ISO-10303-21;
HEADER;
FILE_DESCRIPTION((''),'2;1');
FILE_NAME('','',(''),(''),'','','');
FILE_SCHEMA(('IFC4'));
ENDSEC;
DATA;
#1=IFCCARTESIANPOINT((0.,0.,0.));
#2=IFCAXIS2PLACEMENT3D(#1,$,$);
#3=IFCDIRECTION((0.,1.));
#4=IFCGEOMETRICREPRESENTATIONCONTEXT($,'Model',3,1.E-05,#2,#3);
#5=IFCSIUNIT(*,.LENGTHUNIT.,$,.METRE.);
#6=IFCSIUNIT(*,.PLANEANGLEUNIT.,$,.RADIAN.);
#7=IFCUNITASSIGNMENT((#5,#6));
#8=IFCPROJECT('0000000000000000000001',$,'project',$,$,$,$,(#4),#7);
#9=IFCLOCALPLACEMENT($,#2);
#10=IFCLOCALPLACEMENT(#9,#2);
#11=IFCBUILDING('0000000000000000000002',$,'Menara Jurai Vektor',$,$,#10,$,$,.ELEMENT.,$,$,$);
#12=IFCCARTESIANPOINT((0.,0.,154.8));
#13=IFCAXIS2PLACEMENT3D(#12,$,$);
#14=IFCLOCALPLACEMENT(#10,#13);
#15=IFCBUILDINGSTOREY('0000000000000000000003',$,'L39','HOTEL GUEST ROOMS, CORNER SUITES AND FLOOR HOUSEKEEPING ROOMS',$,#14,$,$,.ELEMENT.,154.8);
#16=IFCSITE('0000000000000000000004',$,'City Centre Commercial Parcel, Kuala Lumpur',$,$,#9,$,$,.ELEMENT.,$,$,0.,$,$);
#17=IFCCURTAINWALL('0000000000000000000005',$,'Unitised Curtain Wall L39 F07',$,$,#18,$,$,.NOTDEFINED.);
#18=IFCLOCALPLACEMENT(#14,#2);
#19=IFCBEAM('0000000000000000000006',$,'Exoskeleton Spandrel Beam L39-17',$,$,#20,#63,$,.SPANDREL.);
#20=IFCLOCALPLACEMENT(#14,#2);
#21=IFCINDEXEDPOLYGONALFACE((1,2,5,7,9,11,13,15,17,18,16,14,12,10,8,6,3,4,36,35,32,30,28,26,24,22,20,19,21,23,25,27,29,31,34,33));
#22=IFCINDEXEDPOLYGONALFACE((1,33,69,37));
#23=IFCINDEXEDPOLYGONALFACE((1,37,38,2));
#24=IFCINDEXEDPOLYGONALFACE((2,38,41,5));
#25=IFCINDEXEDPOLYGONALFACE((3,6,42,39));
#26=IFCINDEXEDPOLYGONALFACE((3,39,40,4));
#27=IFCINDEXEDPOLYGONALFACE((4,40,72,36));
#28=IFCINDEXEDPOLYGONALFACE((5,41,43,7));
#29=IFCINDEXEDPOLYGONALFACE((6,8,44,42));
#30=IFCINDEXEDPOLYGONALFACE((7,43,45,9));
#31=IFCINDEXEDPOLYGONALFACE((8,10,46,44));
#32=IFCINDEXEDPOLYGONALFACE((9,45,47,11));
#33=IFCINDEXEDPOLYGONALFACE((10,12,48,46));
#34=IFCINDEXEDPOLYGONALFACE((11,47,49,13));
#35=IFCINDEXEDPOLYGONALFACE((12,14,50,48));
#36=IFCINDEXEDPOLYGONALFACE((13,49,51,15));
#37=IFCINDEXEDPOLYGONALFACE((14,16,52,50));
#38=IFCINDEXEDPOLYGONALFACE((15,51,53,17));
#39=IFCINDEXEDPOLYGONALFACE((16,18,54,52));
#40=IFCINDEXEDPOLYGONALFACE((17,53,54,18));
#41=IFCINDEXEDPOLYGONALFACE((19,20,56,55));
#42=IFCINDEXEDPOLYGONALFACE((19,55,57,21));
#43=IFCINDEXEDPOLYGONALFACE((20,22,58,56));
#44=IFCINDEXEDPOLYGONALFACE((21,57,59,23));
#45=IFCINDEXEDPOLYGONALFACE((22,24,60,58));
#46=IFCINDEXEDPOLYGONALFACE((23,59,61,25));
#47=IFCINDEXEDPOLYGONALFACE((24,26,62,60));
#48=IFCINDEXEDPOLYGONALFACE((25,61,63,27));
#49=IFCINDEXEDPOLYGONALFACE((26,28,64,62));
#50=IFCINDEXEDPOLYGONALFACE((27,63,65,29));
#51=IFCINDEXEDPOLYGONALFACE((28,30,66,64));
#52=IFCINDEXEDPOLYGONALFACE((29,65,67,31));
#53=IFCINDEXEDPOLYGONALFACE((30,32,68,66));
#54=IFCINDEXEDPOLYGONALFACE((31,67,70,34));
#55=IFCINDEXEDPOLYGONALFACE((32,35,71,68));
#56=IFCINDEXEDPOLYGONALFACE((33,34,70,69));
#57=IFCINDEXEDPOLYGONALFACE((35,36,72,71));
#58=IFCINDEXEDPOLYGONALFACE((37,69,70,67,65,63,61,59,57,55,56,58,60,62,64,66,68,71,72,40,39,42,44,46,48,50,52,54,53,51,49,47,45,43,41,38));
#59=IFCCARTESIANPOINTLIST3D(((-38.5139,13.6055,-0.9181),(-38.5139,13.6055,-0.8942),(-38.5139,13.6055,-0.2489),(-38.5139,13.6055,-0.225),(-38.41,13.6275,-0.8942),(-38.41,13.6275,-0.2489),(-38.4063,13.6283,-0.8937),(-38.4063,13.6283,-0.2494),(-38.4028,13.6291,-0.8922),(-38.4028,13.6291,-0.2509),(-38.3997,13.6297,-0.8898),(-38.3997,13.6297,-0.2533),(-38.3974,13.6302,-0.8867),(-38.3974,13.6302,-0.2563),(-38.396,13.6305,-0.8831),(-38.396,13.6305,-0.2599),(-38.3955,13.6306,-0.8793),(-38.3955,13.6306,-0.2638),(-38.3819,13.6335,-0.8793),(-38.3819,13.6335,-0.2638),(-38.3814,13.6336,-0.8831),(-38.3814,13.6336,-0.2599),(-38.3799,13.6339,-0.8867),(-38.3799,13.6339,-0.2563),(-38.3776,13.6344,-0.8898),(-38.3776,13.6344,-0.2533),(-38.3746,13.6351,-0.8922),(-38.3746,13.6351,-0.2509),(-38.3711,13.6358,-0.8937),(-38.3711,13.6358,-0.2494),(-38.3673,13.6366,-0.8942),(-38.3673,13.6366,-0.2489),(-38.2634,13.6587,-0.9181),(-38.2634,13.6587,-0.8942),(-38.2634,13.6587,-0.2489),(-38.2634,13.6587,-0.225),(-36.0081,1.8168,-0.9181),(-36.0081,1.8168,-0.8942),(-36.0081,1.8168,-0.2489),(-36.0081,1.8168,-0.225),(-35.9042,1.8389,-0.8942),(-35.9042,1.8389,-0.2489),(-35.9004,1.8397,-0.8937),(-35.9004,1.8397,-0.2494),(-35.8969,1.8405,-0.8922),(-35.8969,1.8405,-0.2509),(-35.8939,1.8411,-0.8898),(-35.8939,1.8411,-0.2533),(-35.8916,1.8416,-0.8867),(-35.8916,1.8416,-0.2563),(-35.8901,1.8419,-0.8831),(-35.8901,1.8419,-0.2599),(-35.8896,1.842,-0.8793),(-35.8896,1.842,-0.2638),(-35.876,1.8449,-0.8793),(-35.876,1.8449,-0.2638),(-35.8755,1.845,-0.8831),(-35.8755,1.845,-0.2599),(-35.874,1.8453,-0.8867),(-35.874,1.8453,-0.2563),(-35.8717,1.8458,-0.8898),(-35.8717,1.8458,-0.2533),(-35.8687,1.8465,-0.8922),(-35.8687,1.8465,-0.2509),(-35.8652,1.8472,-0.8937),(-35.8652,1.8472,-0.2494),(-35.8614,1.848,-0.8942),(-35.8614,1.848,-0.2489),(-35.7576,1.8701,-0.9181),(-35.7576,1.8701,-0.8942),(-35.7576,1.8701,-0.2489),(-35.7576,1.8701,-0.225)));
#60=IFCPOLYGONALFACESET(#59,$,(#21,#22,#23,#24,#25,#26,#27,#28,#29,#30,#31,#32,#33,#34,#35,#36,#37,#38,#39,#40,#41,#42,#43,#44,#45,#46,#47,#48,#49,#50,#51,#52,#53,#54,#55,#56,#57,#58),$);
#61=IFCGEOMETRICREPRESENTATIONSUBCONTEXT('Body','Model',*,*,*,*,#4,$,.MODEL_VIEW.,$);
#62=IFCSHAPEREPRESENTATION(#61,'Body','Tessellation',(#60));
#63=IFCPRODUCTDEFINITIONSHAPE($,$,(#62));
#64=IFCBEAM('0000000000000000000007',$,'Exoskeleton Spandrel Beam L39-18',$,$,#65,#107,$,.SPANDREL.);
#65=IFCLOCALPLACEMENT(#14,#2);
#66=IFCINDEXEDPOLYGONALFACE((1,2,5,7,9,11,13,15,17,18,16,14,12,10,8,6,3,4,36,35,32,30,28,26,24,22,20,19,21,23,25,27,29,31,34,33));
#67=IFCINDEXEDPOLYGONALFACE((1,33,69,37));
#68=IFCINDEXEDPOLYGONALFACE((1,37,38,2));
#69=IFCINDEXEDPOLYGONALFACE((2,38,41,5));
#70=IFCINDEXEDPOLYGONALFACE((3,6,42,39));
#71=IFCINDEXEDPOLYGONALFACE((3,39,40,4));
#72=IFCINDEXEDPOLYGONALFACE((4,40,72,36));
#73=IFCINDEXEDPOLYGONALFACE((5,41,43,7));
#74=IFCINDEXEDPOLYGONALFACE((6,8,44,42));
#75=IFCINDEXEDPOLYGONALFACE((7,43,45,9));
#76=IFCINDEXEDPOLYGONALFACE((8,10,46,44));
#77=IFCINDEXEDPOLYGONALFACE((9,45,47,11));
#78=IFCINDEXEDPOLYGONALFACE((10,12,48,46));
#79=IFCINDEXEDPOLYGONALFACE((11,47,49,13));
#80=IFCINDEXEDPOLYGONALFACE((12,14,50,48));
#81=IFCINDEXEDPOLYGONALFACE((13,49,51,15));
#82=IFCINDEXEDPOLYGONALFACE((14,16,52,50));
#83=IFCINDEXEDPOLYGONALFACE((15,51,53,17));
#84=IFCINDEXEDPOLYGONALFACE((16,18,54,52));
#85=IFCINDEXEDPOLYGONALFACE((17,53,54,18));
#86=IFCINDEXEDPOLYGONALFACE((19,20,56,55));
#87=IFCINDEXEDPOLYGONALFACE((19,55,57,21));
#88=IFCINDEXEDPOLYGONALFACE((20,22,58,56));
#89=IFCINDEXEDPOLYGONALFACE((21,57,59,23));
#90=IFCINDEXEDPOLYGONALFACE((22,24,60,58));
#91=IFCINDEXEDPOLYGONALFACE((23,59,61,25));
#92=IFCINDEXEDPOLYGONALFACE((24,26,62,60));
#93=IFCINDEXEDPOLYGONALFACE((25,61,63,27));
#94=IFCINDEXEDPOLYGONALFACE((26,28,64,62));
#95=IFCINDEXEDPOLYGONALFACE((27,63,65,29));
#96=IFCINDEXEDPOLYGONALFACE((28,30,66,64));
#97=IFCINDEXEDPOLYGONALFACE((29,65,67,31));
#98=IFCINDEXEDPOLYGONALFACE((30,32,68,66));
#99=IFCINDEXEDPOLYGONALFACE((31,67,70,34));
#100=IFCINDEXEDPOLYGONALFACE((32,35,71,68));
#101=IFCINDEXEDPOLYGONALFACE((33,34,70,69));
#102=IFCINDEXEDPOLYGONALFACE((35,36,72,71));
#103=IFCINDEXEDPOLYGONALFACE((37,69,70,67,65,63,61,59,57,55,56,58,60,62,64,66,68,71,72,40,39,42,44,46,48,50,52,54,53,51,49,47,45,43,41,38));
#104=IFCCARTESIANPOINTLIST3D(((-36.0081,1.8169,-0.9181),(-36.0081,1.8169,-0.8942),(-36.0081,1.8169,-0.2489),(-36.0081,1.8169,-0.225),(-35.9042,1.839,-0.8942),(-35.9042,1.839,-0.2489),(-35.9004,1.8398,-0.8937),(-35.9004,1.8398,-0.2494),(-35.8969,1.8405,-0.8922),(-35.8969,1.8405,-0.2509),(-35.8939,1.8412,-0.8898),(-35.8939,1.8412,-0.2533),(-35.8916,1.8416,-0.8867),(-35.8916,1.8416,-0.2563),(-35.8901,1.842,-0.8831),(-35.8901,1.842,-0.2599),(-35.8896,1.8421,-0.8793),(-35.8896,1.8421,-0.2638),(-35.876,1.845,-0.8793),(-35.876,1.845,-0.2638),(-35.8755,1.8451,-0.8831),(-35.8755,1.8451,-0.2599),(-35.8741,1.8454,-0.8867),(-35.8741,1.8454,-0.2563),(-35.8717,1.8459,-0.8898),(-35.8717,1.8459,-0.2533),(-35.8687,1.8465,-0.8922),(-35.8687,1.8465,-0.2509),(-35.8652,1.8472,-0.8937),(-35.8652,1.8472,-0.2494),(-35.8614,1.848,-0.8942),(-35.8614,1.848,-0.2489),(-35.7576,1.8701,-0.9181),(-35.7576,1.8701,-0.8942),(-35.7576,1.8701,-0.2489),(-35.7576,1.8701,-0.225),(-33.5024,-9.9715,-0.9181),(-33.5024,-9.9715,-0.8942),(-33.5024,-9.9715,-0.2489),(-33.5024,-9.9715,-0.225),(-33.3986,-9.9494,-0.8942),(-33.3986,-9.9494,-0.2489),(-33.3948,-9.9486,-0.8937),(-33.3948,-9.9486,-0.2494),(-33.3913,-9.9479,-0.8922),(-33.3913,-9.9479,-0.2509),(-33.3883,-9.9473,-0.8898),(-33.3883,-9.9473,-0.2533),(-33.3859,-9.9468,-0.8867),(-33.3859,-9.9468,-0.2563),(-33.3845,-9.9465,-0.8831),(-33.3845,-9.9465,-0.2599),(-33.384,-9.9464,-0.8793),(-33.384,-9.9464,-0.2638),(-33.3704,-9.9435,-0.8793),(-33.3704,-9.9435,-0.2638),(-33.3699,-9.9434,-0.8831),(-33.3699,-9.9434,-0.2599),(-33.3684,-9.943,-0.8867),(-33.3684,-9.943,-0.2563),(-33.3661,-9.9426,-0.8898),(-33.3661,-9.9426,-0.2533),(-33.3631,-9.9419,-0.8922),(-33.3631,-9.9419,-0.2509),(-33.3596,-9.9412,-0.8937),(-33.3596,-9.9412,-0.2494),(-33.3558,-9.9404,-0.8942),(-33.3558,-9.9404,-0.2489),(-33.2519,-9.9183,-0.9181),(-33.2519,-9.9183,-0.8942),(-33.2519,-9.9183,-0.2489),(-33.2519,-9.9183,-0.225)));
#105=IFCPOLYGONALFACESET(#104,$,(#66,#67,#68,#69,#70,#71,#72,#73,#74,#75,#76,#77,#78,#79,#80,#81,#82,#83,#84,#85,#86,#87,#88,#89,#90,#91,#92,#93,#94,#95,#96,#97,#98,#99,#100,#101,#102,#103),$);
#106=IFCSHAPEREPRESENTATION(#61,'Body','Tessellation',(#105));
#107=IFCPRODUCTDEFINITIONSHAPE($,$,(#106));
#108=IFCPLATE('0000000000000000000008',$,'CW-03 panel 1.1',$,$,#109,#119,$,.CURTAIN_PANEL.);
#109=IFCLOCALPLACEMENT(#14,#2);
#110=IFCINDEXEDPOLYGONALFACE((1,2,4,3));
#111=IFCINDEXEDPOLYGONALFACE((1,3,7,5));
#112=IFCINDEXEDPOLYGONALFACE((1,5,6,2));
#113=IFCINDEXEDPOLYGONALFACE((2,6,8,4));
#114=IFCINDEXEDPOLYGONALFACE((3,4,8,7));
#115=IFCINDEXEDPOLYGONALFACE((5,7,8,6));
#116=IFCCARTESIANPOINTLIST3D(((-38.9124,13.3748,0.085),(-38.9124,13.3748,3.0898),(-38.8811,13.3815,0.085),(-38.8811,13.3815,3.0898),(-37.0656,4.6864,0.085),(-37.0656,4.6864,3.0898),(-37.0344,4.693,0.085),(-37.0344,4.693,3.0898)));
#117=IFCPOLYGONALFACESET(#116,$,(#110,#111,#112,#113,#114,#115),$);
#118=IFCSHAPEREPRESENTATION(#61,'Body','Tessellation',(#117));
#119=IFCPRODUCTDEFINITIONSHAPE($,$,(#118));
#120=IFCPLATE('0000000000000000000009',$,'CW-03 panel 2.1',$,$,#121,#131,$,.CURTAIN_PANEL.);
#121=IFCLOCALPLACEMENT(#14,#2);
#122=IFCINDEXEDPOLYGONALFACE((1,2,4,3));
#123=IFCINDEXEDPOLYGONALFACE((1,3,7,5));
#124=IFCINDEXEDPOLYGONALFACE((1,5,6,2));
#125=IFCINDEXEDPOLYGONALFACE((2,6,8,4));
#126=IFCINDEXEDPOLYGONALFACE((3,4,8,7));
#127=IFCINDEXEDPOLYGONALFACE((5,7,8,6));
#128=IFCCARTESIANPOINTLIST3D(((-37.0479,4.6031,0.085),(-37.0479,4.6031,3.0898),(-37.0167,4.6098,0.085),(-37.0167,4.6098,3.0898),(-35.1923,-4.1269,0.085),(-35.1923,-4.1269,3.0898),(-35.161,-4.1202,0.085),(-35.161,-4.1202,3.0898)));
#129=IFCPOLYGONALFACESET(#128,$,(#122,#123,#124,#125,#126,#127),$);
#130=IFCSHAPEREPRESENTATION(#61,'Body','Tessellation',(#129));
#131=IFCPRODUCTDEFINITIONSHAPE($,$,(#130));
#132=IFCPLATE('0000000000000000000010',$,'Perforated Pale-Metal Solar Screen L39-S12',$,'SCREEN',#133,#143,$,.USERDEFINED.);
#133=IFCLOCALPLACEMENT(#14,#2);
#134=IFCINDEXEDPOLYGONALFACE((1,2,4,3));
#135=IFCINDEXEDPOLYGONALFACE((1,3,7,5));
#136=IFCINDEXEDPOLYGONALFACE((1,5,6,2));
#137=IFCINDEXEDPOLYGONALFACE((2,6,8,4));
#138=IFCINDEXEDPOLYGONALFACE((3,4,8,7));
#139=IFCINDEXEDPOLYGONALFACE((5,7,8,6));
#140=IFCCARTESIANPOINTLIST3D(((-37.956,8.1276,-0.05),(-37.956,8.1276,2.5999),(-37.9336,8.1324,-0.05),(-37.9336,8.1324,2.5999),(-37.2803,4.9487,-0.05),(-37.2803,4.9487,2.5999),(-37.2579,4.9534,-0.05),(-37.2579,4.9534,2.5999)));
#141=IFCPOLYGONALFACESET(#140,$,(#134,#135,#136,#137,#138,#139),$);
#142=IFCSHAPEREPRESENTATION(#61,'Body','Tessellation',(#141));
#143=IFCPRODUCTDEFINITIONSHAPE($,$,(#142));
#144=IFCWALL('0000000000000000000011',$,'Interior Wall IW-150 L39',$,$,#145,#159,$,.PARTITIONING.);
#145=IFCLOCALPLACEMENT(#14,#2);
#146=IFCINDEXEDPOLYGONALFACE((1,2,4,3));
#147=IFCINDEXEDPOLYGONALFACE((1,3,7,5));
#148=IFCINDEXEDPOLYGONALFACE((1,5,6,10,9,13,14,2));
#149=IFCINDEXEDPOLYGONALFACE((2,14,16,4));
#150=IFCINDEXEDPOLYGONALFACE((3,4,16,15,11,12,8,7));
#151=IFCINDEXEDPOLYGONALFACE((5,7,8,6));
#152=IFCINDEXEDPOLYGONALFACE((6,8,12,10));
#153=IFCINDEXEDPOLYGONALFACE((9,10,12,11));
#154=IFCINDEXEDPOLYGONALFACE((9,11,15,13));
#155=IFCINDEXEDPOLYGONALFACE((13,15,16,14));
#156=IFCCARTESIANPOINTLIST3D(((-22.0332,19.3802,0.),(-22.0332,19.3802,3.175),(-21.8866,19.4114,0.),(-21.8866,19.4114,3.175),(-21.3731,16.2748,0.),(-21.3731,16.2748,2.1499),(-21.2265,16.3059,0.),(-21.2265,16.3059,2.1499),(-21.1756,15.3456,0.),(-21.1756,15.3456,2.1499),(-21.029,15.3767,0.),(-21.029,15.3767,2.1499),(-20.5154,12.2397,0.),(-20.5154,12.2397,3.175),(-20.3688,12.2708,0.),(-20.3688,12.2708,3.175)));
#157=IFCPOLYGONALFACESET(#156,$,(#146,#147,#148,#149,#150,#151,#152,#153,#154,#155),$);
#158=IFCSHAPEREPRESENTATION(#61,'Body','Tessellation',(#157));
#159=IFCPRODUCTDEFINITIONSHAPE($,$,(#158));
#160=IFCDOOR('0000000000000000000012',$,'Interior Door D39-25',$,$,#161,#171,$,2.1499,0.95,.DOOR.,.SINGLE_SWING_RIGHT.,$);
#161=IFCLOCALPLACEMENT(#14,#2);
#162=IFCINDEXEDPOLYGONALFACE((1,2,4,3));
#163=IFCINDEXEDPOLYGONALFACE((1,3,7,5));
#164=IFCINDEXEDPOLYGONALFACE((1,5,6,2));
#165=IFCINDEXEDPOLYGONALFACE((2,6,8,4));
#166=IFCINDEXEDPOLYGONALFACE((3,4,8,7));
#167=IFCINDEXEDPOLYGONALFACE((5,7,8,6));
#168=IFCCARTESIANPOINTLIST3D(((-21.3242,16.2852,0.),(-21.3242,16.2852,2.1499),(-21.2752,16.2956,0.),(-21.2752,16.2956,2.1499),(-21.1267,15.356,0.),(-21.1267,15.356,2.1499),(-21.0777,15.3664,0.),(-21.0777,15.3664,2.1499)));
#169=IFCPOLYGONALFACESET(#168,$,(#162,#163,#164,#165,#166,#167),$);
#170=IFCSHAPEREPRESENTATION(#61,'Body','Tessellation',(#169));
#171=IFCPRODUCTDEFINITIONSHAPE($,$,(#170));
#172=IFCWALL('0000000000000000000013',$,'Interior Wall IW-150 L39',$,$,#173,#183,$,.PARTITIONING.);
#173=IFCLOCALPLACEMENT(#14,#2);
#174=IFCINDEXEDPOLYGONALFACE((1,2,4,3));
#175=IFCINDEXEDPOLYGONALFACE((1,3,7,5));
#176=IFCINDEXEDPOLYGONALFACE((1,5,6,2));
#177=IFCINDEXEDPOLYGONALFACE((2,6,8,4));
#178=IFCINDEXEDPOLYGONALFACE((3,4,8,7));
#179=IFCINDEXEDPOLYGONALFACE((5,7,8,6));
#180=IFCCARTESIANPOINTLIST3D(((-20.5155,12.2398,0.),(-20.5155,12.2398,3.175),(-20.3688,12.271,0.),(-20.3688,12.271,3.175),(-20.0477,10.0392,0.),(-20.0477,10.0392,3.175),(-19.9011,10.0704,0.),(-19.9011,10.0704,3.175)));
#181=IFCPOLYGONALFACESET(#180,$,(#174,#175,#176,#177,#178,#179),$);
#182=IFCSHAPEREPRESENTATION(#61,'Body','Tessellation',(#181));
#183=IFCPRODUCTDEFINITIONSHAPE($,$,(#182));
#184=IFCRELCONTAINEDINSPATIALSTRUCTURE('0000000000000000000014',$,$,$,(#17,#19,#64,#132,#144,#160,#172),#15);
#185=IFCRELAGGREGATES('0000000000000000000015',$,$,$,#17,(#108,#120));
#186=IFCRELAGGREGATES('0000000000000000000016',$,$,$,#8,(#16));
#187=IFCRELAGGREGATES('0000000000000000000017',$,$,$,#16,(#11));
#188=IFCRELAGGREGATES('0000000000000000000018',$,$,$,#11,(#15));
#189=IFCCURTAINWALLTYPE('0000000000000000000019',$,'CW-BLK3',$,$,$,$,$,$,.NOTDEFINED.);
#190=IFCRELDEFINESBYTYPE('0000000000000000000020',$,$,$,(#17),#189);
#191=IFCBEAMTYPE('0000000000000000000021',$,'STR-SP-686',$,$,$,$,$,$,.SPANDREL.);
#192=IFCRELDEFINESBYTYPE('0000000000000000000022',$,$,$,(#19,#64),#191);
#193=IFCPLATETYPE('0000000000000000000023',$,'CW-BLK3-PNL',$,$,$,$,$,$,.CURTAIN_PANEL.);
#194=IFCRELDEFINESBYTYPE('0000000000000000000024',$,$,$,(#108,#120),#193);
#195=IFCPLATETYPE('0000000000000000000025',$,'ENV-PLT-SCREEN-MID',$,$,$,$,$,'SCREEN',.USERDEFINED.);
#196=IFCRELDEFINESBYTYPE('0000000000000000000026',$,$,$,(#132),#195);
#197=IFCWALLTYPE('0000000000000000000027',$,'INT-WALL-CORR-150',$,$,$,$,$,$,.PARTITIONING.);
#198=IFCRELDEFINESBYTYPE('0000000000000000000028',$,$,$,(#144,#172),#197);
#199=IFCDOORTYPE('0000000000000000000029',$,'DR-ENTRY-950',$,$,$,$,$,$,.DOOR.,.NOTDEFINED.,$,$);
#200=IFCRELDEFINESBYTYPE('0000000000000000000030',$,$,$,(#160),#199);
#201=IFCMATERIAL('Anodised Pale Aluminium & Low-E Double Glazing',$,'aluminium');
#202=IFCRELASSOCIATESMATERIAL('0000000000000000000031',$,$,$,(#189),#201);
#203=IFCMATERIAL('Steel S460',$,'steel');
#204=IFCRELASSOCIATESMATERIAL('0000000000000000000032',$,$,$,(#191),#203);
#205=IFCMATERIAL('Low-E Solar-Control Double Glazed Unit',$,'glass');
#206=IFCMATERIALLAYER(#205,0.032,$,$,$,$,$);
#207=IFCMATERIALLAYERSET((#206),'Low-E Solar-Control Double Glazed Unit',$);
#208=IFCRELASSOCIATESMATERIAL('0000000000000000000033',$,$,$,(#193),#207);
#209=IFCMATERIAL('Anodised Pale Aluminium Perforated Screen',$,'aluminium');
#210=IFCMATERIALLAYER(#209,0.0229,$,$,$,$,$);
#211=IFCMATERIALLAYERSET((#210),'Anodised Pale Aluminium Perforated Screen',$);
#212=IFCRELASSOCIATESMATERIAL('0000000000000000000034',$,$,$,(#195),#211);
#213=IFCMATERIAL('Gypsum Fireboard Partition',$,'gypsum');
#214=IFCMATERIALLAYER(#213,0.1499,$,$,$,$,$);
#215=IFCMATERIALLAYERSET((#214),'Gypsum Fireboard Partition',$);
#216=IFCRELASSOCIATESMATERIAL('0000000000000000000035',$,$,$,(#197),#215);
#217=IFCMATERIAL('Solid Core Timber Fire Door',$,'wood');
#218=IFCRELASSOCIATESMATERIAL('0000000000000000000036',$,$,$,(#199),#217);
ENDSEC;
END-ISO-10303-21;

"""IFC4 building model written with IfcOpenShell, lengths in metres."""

from ifc_helpers import new_model, si_unit, direction, frame, frame_2d, origin, origin_2d, place, context, subcontext, project, spatial, rectangle, i_section, extrude, material, layer, layer_set, material_profile, profile_set, type_object, element, fill, aggregate, save


model = new_model("IFC4")

# Units and contexts
model_context = context("Model", 3, precision=1e-05, world=origin(), true_north=direction((0.0, 1.0)))
body_context = subcontext(model_context, "Body", "Model", "MODEL_VIEW")
ifc_project = project(units=[si_unit("LENGTHUNIT", "METRE"), si_unit("PLANEANGLEUNIT", "RADIAN")], contexts=[model_context])

# Site, building, storey
site_placement = place(None, origin())
site = spatial("IfcSite", under=ifc_project, at=site_placement, Name="City Centre Commercial Parcel, Kuala Lumpur", CompositionType="ELEMENT", RefElevation=0.0)
building_placement = place(site_placement, origin())
building = spatial("IfcBuilding", under=site, at=building_placement, Name="Menara Jurai Vektor", CompositionType="ELEMENT")
storey_placement = place(building_placement, frame((0.0, 0.0, 154.8)))
storey = spatial("IfcBuildingStorey", under=building, at=storey_placement, Name="L39", Description="HOTEL GUEST ROOMS, CORNER SUITES AND FLOOR HOUSEKEEPING ROOMS", CompositionType="ELEMENT", Elevation=154.8)

# Shared definitions
ifc_material_1 = material(Name="Steel S460", Category="steel")

# Curtain wall
ifc_material_2 = material(Name="Anodised Pale Aluminium & Low-E Double Glazing", Category="aluminium")
curtain_wall_type = type_object("IfcCurtainWallType", Name="CW-BLK3", PredefinedType="NOTDEFINED", material=ifc_material_2)
curtain_wall_placement = place(storey_placement, origin())
curtain_wall = element("IfcCurtainWall", 1, at=curtain_wall_placement, inside=storey, type_object=curtain_wall_type, Name="Unitised Curtain Wall L39 F07", PredefinedType="NOTDEFINED")

# Beams
ifc_material_profile_1 = material_profile(ifc_material_1, i_section(OverallWidth=0.2561, OverallDepth=0.6931, WebThickness=0.0139, FlangeThickness=0.0239, FilletRadius=0.0149, at=origin_2d()), Name="UKB 686x254x170")
ifc_profile_set_1 = profile_set([ifc_material_profile_1], Name="Steel S460")
beam_type_1 = type_object("IfcBeamType", Name="STR-SP-686", PredefinedType="SPANDREL", material=ifc_profile_set_1)
beam_1_placement = place(storey_placement, frame((-38.3887, 13.6321, -0.5715), z_axis=(0.207921, -0.978146, 0.0), x_axis=(0.978146, 0.207921, 0.0)))
element("IfcBeam", 2, at=beam_1_placement, inside=storey, type_object=beam_type_1, Name="Exoskeleton Spandrel Beam L39-17", PredefinedType="SPANDREL", context=body_context, shape_type="SweptSolid", body=[
    extrude(i_section(OverallWidth=0.2561, OverallDepth=0.6931, WebThickness=0.0139, FlangeThickness=0.0239, FilletRadius=0.0149, at=origin_2d()), origin(), (0.0, 0.0, 1.0), 12.052),
])
beam_2_placement = place(storey_placement, frame((-35.8828, 1.8435, -0.5715), z_axis=(0.207906, -0.978149, 0.0), x_axis=(0.978149, 0.207906, 0.0)))
element("IfcBeam", 3, at=beam_2_placement, inside=storey, type_object=beam_type_1, Name="Exoskeleton Spandrel Beam L39-18", PredefinedType="SPANDREL", context=body_context, shape_type="SweptSolid", body=[
    extrude(i_section(OverallWidth=0.2561, OverallDepth=0.6931, WebThickness=0.0139, FlangeThickness=0.0239, FilletRadius=0.0149, at=origin_2d()), origin(), (0.0, 0.0, 1.0), 12.0518),
])

# Plates
ifc_material_3 = material(Name="Low-E Solar-Control Double Glazed Unit", Category="glass")
ifc_layer_1 = layer(ifc_material_3, 0.032)
ifc_layer_set_1 = layer_set([ifc_layer_1], Name="Low-E Solar-Control Double Glazed Unit")
plate_type_1 = type_object("IfcPlateType", Name="CW-BLK3-PNL", PredefinedType="CURTAIN_PANEL", material=ifc_layer_set_1)
plate_1_placement = place(storey_placement, frame((-37.9734, 9.0339, 0.085), z_axis=(0.0, 0.0, 1.0), x_axis=(0.20791, -0.978148, 0.0)))
plate_1 = element("IfcPlate", 4, at=plate_1_placement, type_object=plate_type_1, Name="CW-03 panel 1.1", PredefinedType="CURTAIN_PANEL", context=body_context, shape_type="SweptSolid", body=[
    extrude(rectangle(XDim=8.8826, YDim=0.032, at=origin_2d()), origin(), (0.0, 0.0, 1.0), 3.0049),
])
plate_2_placement = place(storey_placement, frame((-36.1045, 0.2415, 0.085), z_axis=(0.0, 0.0, 1.0), x_axis=(0.20791, -0.978148, 0.0)))
plate_2 = element("IfcPlate", 5, at=plate_2_placement, type_object=plate_type_1, Name="CW-03 panel 2.1", PredefinedType="CURTAIN_PANEL", context=body_context, shape_type="SweptSolid", body=[
    extrude(rectangle(XDim=8.925, YDim=0.032, at=origin_2d()), origin(), (0.0, 0.0, 1.0), 3.0049),
])
aggregate(curtain_wall, [plate_1, plate_2])
ifc_material_4 = material(Name="Anodised Pale Aluminium Perforated Screen", Category="aluminium")
ifc_layer_2 = layer(ifc_material_4, 0.0229)
ifc_layer_set_2 = layer_set([ifc_layer_2], Name="Anodised Pale Aluminium Perforated Screen")
plate_type_2 = type_object("IfcPlateType", Name="ENV-PLT-SCREEN-MID", ElementType="SCREEN", PredefinedType="USERDEFINED", material=ifc_layer_set_2)
plate_3_placement = place(storey_placement, frame((-37.6069, 6.5405, -0.05), z_axis=(0.0, 0.0, 1.0), x_axis=(0.207912, -0.978148, 0.0)))
element("IfcPlate", 6, at=plate_3_placement, inside=storey, type_object=plate_type_2, Name="Perforated Pale-Metal Solar Screen L39-S12", ObjectType="SCREEN", PredefinedType="USERDEFINED", context=body_context, shape_type="SweptSolid", body=[
    extrude(rectangle(XDim=3.25, YDim=0.0229, at=origin_2d()), origin(), (0.0, 0.0, 1.0), 2.6499),
])

# Wall, opening, door
ifc_material_5 = material(Name="Gypsum Fireboard Partition", Category="gypsum")
ifc_layer_3 = layer(ifc_material_5, 0.1499)
ifc_layer_set_3 = layer_set([ifc_layer_3], Name="Gypsum Fireboard Partition")
wall_type_1 = type_object("IfcWallType", Name="INT-WALL-CORR-150", PredefinedType="PARTITIONING", material=ifc_layer_set_3)
wall_1_placement = place(storey_placement, frame((-20.4421, 12.2554, 0.0), z_axis=(0.0, 0.0, 1.0), x_axis=(-0.207916, 0.978147, 0.0)))
wall_1 = element("IfcWall", 7, at=wall_1_placement, inside=storey, type_object=wall_type_1, Name="Interior Wall IW-150 L39", PredefinedType="PARTITIONING", context=body_context, shape_type="SweptSolid", body=[
    extrude(rectangle(XDim=7.3, YDim=0.1499, at=frame_2d((3.6499, 0.0))), origin(), (0.0, 0.0, 1.0), 3.175),
])
opening_1_placement = place(wall_1_placement, frame((3.175, 0.0, 0.0)))
opening_1 = element("IfcOpeningElement", 8, at=opening_1_placement, cuts=wall_1, PredefinedType="OPENING", context=body_context, shape_type="SweptSolid", body=[
    extrude(rectangle(XDim=0.95, YDim=2.1499, at=frame_2d((0.4751, 1.075))), frame((0.0, 0.085, 0.0), z_axis=(0.0, -1.0, 0.0), x_axis=(1.0, 0.0, 0.0)), (0.0, 0.0, 1.0), 0.1699),
])
ifc_material_6 = material(Name="Solid Core Timber Fire Door", Category="wood")
door_type_1 = type_object("IfcDoorType", Name="DR-ENTRY-950", OperationType="NOTDEFINED", PredefinedType="DOOR", material=ifc_material_6)
door_1_placement = place(opening_1_placement, origin())
door_1 = element("IfcDoor", 9, at=door_1_placement, inside=storey, type_object=door_type_1, Name="Interior Door D39-25", OperationType="SINGLE_SWING_RIGHT", OverallHeight=2.1499, OverallWidth=0.95, PredefinedType="DOOR", context=body_context, shape_type="SweptSolid", body=[
    extrude(rectangle(XDim=0.95, YDim=2.1499, at=frame_2d((0.4751, 1.075))), frame((0.0, 0.0249, 0.0), z_axis=(0.0, -1.0, 0.0), x_axis=(1.0, 0.0, 0.0)), (0.0, 0.0, 1.0), 0.05),
])
fill(opening_1, door_1)

# Wall
wall_2_placement = place(storey_placement, frame((-19.9744, 10.0547, 0.0), z_axis=(0.0, 0.0, 1.0), x_axis=(-0.207913, 0.978147, 0.0)))
element("IfcWall", 10, at=wall_2_placement, inside=storey, type_object=wall_type_1, Name="Interior Wall IW-150 L39", PredefinedType="PARTITIONING", context=body_context, shape_type="SweptSolid", body=[
    extrude(rectangle(XDim=2.2498, YDim=0.1499, at=frame_2d((1.125, 0.0))), origin(), (0.0, 0.0, 1.0), 3.175),
])

save(model, "model.ifc")
